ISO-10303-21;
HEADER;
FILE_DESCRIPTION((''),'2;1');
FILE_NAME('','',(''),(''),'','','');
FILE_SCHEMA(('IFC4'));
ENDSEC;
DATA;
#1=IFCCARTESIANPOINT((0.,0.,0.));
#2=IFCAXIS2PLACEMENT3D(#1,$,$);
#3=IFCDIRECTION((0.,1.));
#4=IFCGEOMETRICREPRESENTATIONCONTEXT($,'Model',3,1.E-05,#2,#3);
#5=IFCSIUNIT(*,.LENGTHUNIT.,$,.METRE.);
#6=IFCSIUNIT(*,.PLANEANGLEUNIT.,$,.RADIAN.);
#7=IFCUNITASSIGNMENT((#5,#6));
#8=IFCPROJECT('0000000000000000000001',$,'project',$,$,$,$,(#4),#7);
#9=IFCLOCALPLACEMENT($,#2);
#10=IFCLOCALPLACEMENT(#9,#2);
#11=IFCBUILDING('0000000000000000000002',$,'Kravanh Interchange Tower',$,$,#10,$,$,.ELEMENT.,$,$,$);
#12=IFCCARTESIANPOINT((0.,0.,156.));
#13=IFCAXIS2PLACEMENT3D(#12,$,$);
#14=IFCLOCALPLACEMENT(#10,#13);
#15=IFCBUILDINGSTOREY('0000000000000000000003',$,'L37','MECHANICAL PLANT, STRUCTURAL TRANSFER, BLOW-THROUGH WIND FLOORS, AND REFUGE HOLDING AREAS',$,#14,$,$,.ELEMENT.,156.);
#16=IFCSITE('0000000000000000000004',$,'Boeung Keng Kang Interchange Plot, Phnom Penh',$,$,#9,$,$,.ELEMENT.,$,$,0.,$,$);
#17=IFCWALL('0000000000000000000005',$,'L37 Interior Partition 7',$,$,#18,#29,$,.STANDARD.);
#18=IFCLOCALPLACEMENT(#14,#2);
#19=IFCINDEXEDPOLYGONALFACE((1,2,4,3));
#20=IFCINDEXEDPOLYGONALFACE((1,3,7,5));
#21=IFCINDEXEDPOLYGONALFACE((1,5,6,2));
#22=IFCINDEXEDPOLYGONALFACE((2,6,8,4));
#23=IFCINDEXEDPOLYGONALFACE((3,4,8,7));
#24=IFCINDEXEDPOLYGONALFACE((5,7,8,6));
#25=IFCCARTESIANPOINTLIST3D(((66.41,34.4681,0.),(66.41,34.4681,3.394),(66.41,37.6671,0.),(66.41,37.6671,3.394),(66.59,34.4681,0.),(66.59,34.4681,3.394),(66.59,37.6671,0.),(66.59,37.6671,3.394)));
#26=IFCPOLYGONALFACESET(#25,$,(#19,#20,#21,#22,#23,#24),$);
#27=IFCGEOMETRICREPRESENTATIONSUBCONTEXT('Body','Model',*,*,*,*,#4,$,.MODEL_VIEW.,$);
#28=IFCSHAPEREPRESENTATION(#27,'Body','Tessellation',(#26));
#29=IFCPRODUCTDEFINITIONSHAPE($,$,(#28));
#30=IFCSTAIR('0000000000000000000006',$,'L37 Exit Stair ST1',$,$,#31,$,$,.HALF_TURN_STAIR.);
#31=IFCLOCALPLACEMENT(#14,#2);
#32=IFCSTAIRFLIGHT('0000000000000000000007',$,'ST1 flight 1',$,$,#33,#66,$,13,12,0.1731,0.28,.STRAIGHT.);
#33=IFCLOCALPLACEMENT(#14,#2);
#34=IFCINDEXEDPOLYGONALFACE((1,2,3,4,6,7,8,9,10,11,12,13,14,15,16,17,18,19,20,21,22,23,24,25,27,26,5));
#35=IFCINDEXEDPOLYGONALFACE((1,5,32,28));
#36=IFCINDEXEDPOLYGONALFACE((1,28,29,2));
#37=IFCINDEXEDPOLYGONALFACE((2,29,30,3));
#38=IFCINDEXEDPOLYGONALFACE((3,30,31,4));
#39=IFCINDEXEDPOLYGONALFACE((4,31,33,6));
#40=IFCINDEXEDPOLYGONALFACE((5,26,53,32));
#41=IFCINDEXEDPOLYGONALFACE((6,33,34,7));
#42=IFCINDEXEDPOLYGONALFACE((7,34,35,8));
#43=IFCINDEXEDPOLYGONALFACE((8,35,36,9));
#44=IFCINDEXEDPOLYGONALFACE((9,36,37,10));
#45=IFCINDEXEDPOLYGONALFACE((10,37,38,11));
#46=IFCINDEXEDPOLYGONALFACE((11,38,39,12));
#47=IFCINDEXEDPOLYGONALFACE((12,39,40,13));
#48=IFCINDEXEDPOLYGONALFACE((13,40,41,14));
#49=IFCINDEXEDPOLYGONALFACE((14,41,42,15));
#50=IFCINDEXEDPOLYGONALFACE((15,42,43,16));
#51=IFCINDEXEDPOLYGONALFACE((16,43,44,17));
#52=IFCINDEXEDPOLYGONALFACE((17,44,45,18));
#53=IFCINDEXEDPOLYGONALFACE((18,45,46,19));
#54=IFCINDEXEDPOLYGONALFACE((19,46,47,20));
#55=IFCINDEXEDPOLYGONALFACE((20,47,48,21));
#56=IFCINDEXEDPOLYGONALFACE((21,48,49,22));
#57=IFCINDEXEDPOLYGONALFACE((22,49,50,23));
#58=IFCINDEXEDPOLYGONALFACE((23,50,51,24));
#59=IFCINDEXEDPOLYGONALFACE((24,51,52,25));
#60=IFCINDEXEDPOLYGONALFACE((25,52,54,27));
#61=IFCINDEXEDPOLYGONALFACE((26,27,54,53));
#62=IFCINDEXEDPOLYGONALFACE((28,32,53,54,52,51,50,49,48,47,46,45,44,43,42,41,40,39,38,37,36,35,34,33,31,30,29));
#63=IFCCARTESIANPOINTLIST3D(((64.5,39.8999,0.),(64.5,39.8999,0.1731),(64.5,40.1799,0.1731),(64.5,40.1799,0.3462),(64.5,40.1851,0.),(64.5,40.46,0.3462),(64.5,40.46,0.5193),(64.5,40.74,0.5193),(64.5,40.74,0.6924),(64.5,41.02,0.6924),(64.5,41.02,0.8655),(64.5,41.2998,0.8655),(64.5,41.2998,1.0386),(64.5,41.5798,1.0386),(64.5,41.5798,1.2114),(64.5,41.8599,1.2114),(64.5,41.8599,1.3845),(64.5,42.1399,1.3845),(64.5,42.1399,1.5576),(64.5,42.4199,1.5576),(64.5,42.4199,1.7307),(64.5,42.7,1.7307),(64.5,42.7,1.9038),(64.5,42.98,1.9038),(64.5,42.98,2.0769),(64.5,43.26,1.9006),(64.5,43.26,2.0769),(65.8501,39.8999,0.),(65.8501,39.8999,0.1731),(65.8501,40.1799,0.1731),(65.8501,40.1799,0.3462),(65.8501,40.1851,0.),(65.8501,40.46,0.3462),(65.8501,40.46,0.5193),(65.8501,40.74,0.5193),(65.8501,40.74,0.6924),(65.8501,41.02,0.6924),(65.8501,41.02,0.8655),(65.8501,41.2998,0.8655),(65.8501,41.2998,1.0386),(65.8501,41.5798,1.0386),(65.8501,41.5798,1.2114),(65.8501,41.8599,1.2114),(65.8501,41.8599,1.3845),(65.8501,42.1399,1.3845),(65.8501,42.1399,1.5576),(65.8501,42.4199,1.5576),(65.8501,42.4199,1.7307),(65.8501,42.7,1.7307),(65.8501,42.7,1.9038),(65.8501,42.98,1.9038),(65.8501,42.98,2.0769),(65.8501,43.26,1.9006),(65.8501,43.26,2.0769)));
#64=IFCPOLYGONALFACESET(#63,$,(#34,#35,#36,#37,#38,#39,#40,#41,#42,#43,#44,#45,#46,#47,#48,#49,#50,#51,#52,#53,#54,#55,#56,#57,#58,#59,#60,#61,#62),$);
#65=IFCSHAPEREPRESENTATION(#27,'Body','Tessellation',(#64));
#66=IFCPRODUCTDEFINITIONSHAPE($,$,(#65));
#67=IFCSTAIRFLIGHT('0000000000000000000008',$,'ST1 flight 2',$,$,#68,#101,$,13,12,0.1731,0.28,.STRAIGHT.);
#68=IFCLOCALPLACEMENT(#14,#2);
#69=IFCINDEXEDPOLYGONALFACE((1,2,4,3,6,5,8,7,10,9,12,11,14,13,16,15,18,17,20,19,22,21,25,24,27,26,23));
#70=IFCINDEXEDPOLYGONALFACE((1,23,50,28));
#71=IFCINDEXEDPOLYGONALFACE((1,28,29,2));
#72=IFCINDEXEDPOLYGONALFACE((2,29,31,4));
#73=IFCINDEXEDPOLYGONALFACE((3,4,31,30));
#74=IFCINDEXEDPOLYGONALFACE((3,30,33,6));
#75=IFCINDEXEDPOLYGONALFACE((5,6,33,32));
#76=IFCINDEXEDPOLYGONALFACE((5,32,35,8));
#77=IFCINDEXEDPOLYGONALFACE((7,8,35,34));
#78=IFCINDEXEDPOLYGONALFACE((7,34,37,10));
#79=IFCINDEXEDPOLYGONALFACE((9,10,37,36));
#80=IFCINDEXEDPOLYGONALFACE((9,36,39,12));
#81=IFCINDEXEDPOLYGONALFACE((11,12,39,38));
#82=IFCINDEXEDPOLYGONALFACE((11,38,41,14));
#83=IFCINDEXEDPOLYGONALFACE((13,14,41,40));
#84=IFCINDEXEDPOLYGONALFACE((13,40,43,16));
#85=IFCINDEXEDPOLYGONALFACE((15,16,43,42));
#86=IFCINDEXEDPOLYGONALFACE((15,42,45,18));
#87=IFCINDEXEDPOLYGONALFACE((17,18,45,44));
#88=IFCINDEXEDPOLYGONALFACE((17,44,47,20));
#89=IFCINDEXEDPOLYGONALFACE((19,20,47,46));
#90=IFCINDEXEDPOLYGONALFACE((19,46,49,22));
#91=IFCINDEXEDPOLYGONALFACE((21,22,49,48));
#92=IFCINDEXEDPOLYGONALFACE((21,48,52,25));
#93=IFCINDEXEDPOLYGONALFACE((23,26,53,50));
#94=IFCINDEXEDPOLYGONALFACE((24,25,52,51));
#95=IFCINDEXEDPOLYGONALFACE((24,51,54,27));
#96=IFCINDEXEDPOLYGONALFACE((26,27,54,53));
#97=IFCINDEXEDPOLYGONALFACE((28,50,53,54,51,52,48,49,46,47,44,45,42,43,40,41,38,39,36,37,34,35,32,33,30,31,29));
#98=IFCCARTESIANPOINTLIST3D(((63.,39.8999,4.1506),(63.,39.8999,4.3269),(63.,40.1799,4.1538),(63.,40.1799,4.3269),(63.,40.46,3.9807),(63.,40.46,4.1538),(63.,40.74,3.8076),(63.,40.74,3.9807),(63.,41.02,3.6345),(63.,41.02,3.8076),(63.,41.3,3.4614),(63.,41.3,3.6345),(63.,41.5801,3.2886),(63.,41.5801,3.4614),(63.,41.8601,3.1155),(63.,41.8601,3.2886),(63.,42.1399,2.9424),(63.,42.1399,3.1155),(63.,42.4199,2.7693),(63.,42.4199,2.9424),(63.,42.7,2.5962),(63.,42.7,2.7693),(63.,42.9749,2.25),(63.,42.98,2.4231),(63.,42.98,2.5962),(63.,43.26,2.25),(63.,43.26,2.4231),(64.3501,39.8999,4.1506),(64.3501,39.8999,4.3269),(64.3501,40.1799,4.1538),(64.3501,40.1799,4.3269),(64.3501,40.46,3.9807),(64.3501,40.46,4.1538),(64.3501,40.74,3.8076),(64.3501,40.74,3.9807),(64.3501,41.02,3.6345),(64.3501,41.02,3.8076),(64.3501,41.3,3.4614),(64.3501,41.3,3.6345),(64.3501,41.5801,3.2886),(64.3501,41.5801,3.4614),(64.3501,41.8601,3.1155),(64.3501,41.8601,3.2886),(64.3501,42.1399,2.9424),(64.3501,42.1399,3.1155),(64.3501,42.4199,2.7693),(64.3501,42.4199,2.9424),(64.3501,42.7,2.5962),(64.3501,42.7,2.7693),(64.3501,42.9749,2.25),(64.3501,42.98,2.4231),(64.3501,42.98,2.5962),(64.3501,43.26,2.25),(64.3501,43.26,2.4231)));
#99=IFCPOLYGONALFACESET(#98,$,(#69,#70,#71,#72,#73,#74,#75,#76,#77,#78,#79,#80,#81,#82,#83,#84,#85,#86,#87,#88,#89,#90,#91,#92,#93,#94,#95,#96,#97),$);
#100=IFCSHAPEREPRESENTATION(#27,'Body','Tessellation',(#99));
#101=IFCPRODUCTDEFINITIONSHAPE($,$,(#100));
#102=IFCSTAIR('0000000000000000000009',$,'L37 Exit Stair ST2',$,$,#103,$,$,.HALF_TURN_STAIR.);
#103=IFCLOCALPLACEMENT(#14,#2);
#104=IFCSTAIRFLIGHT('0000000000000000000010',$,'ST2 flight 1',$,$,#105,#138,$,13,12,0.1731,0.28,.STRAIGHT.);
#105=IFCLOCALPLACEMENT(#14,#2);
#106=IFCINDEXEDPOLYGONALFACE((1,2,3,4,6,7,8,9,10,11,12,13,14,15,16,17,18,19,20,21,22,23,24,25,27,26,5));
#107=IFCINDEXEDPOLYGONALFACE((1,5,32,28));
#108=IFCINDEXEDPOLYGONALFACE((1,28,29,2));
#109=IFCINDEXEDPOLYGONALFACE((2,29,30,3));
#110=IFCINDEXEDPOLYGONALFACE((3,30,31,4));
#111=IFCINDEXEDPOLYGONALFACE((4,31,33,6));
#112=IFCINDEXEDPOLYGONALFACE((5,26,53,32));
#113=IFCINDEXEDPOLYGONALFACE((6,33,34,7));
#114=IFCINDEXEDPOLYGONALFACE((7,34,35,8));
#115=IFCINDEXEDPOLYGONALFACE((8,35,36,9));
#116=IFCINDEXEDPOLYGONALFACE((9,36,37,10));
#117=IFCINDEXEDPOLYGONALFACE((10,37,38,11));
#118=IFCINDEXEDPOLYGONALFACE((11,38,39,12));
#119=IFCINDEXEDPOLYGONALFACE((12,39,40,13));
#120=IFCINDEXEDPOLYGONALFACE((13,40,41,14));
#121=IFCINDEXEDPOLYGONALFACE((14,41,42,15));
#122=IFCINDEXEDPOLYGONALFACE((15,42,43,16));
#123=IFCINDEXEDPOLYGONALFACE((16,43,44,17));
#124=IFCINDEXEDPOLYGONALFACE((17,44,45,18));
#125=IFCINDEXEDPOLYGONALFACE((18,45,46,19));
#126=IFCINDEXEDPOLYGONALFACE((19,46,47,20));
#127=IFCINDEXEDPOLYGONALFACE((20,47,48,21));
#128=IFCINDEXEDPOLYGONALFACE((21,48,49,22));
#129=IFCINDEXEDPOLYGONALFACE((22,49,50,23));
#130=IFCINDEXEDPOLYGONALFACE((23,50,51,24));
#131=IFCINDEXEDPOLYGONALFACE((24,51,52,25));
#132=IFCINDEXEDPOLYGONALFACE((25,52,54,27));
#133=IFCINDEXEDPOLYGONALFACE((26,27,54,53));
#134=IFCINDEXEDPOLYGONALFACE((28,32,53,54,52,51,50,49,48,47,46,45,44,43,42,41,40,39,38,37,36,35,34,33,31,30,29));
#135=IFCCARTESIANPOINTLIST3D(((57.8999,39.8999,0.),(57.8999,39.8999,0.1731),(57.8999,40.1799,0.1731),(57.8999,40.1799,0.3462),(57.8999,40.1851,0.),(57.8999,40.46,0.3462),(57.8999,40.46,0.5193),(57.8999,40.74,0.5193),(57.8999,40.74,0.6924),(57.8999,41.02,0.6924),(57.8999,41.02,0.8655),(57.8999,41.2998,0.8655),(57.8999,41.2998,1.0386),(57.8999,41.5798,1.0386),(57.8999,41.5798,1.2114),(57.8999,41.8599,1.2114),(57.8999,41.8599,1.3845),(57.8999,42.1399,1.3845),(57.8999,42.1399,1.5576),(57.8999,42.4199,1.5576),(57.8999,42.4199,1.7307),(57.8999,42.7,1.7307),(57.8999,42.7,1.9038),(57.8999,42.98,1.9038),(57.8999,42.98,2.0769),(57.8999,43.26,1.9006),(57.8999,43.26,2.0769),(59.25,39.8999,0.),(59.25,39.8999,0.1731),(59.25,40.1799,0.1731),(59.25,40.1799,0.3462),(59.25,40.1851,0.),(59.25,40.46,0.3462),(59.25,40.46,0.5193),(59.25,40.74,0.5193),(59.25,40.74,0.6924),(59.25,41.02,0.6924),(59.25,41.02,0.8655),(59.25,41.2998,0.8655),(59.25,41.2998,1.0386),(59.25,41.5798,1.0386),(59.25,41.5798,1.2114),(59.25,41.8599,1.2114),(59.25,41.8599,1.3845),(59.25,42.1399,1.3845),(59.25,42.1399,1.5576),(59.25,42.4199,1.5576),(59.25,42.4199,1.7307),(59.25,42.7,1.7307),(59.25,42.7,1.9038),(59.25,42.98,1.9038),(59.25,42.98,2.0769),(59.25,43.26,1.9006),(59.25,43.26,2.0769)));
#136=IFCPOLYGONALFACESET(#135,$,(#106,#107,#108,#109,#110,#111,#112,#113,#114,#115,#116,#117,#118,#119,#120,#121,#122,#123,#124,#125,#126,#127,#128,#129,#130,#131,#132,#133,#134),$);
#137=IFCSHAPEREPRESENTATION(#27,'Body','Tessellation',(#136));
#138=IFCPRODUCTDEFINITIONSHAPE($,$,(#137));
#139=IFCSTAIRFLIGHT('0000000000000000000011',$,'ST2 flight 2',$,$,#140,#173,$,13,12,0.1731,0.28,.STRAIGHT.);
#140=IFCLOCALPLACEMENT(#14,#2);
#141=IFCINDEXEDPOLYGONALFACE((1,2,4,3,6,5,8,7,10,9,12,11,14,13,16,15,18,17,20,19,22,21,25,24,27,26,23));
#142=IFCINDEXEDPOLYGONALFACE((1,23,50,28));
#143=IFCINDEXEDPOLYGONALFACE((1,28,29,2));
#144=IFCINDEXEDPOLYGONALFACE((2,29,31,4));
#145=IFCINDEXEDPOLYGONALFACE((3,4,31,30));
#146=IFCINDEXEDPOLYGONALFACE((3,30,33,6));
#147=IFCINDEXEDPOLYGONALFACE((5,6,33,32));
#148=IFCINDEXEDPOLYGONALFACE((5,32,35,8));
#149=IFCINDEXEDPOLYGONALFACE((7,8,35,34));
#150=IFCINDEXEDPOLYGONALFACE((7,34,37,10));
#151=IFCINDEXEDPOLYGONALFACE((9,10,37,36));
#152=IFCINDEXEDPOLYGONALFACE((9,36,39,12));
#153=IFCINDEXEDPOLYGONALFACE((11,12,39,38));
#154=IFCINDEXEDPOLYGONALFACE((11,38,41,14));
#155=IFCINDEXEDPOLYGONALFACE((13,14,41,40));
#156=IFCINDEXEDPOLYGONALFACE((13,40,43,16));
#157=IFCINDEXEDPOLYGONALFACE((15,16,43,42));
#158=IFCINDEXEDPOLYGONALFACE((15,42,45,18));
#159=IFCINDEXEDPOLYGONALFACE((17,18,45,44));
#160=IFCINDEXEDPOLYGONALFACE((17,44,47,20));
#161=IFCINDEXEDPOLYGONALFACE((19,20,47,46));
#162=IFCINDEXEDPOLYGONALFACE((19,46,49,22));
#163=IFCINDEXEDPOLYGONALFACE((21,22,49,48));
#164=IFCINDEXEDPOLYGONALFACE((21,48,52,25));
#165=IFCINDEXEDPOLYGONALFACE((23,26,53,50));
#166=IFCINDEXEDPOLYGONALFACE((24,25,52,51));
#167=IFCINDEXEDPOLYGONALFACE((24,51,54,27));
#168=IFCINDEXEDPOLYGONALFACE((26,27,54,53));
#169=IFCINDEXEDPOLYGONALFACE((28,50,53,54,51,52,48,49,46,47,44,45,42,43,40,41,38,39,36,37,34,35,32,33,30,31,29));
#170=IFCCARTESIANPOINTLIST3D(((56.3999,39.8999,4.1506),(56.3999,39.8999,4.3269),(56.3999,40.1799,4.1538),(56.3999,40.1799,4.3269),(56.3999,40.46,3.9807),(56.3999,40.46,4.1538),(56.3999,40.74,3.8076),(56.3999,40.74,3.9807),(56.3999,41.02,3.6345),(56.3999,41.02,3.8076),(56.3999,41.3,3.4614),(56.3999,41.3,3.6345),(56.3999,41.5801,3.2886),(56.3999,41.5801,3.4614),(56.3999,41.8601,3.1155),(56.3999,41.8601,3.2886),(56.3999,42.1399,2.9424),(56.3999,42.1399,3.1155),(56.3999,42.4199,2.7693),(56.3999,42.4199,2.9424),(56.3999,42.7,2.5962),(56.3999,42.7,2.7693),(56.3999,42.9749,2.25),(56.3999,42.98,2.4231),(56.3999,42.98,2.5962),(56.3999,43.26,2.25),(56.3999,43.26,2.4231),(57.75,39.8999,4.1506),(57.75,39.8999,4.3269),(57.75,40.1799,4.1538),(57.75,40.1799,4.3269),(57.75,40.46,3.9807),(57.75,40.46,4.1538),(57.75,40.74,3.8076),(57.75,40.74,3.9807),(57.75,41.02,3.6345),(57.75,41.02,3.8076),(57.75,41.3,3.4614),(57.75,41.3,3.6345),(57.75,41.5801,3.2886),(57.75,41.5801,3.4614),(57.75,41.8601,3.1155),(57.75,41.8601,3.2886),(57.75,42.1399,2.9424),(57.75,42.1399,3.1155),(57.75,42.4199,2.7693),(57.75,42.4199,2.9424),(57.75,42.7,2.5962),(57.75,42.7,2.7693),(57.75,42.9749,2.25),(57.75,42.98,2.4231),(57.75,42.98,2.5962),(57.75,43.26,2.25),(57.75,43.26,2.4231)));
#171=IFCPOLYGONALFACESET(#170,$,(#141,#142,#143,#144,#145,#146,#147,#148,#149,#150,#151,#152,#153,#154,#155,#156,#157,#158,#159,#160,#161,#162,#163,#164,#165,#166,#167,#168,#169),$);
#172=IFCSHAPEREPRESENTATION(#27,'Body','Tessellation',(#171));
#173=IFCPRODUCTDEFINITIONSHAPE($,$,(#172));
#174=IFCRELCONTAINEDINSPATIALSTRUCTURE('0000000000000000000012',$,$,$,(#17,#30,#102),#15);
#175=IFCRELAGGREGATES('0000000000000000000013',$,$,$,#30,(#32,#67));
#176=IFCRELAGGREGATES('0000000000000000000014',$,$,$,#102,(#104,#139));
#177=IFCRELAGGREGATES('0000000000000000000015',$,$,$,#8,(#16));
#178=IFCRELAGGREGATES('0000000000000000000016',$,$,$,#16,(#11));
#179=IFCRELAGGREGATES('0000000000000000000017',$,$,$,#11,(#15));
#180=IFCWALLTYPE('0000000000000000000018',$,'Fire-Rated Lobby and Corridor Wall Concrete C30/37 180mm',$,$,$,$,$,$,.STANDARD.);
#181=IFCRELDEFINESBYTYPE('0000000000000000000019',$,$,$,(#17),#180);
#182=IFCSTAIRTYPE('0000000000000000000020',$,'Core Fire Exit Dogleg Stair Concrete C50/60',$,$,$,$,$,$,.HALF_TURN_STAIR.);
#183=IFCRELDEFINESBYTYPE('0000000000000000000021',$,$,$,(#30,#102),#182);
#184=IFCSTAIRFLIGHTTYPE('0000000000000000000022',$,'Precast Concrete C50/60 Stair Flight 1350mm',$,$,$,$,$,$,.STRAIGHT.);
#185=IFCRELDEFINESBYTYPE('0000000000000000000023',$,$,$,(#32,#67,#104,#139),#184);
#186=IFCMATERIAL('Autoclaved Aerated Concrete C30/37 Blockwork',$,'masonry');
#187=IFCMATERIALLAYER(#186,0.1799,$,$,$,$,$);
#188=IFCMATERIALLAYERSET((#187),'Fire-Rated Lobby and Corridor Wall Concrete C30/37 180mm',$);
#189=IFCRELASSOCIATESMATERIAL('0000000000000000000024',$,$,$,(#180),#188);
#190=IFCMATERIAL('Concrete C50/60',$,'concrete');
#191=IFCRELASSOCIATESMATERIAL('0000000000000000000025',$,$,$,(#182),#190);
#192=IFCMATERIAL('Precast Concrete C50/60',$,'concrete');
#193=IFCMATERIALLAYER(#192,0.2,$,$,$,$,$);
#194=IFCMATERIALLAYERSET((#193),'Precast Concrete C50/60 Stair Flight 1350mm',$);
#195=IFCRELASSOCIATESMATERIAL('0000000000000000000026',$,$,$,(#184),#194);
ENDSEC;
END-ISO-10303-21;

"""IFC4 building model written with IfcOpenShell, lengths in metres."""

from ifc_helpers import new_model, si_unit, direction, frame, frame_2d, origin, place, context, subcontext, project, spatial, polyline, rectangle, outline, extrude, material, layer, layer_set, type_object, element, aggregate, save


model = new_model("IFC4")

# Units and contexts
model_context = context("Model", 3, precision=1e-05, world=origin(), true_north=direction((0.0, 1.0)))
body_context = subcontext(model_context, "Body", "Model", "MODEL_VIEW")
ifc_project = project(units=[si_unit("LENGTHUNIT", "METRE"), si_unit("PLANEANGLEUNIT", "RADIAN")], contexts=[model_context])

# Site, building, storey
site_placement = place(None, origin())
site = spatial("IfcSite", under=ifc_project, at=site_placement, Name="Boeung Keng Kang Interchange Plot, Phnom Penh", CompositionType="ELEMENT", RefElevation=0.0)
building_placement = place(site_placement, origin())
building = spatial("IfcBuilding", under=site, at=building_placement, Name="Kravanh Interchange Tower", CompositionType="ELEMENT")
storey_placement = place(building_placement, frame((0.0, 0.0, 156.0)))
storey = spatial("IfcBuildingStorey", under=building, at=storey_placement, Name="L37", Description="MECHANICAL PLANT, STRUCTURAL TRANSFER, BLOW-THROUGH WIND FLOORS, AND REFUGE HOLDING AREAS", CompositionType="ELEMENT", Elevation=156.0)

# Wall
ifc_material_1 = material(Name="Autoclaved Aerated Concrete C30/37 Blockwork", Category="masonry")
ifc_layer_1 = layer(ifc_material_1, 0.1799)
ifc_layer_set_1 = layer_set([ifc_layer_1], Name="Fire-Rated Lobby and Corridor Wall Concrete C30/37 180mm")
wall_type_1 = type_object("IfcWallType", Name="Fire-Rated Lobby and Corridor Wall Concrete C30/37 180mm", PredefinedType="STANDARD", material=ifc_layer_set_1)
wall_1_placement = place(storey_placement, frame((66.5, 34.468, 0.0), z_axis=(0.0, 0.0, 1.0), x_axis=(0.0, 1.0, 0.0)))
element("IfcWall", 1, at=wall_1_placement, inside=storey, type_object=wall_type_1, Name="L37 Interior Partition 7", PredefinedType="STANDARD", context=body_context, shape_type="SweptSolid", body=[
    extrude(rectangle(XDim=3.199, YDim=0.1799, at=frame_2d((1.5996, 0.0))), origin(), (0.0, 0.0, 1.0), 3.394),
])

# Stairs, stair flights
ifc_material_2 = material(Name="Concrete C50/60", Category="concrete")
stair_type = type_object("IfcStairType", Name="Core Fire Exit Dogleg Stair Concrete C50/60", PredefinedType="HALF_TURN_STAIR", material=ifc_material_2)
stair_1_placement = place(storey_placement, origin())
stair_1 = element("IfcStair", 2, at=stair_1_placement, inside=storey, type_object=stair_type, Name="L37 Exit Stair ST1", PredefinedType="HALF_TURN_STAIR")
ifc_material_3 = material(Name="Precast Concrete C50/60", Category="concrete")
ifc_layer_2 = layer(ifc_material_3, 0.2)
ifc_layer_set_2 = layer_set([ifc_layer_2], Name="Precast Concrete C50/60 Stair Flight 1350mm")
stair_flight_type = type_object("IfcStairFlightType", Name="Precast Concrete C50/60 Stair Flight 1350mm", PredefinedType="STRAIGHT", material=ifc_layer_set_2)
stair_flight_1_placement = place(storey_placement, frame((65.175, 39.8999, 0.0), z_axis=(0.0, 0.0, 1.0), x_axis=(0.0, 1.0, 0.0)))
stair_flight_1 = element("IfcStairFlight", 3, at=stair_flight_1_placement, type_object=stair_flight_type, Name="ST1 flight 1", NumberOfRisers=13, NumberOfTreads=12, PredefinedType="STRAIGHT", RiserHeight=0.1731, TreadLength=0.28, context=body_context, shape_type="SweptSolid", body=[
    extrude(outline(polyline([(0.0, 0.0), (0.0, 0.1731), (0.28, 0.1731), (0.28, 0.3462), (0.5601, 0.3462), (0.5601, 0.5193), (0.8401, 0.5193), (0.8401, 0.6924), (1.1201, 0.6924), (1.1201, 0.8655), (1.3999, 0.8655), (1.3999, 1.0386), (1.6799, 1.0386), (1.6799, 1.2114), (1.96, 1.2114), (1.96, 1.3845), (2.24, 1.3845), (2.24, 1.5576), (2.52, 1.5576), (2.52, 1.7307), (2.8, 1.7307), (2.8, 1.9038), (3.0801, 1.9038), (3.0801, 2.0769), (3.3601, 2.0769), (3.3601, 2.25), (3.3601, 1.9006), (0.2852, 0.0), (0.0, 0.0)])), frame((0.0, 0.675, 0.0), z_axis=(0.0, -1.0, 0.0), x_axis=(1.0, 0.0, 0.0)), (0.0, 0.0, 1.0), 1.3501),
])
stair_flight_2_placement = place(storey_placement, frame((63.675, 43.26, 2.25), z_axis=(0.0, 0.0, 1.0), x_axis=(0.0, -1.0, 0.0)))
stair_flight_2 = element("IfcStairFlight", 4, at=stair_flight_2_placement, type_object=stair_flight_type, Name="ST1 flight 2", NumberOfRisers=13, NumberOfTreads=12, PredefinedType="STRAIGHT", RiserHeight=0.1731, TreadLength=0.28, context=body_context, shape_type="SweptSolid", body=[
    extrude(outline(polyline([(0.0, 0.0), (0.0, 0.1731), (0.28, 0.1731), (0.28, 0.3462), (0.5601, 0.3462), (0.5601, 0.5193), (0.8401, 0.5193), (0.8401, 0.6924), (1.1201, 0.6924), (1.1201, 0.8655), (1.3999, 0.8655), (1.3999, 1.0386), (1.6799, 1.0386), (1.6799, 1.2114), (1.96, 1.2114), (1.96, 1.3845), (2.24, 1.3845), (2.24, 1.5576), (2.52, 1.5576), (2.52, 1.7307), (2.8, 1.7307), (2.8, 1.9038), (3.0801, 1.9038), (3.0801, 2.0769), (3.3601, 2.0769), (3.3601, 2.25), (3.3601, 1.9006), (0.2852, 0.0), (0.0, 0.0)])), frame((0.0, 0.675, 0.0), z_axis=(0.0, -1.0, 0.0), x_axis=(1.0, 0.0, 0.0)), (0.0, 0.0, 1.0), 1.3501),
])
aggregate(stair_1, [stair_flight_1, stair_flight_2])
stair_2_placement = place(storey_placement, origin())
stair_2 = element("IfcStair", 5, at=stair_2_placement, inside=storey, type_object=stair_type, Name="L37 Exit Stair ST2", PredefinedType="HALF_TURN_STAIR")
stair_flight_3_placement = place(storey_placement, frame((58.575, 39.8999, 0.0), z_axis=(0.0, 0.0, 1.0), x_axis=(0.0, 1.0, 0.0)))
stair_flight_3 = element("IfcStairFlight", 6, at=stair_flight_3_placement, type_object=stair_flight_type, Name="ST2 flight 1", NumberOfRisers=13, NumberOfTreads=12, PredefinedType="STRAIGHT", RiserHeight=0.1731, TreadLength=0.28, context=body_context, shape_type="SweptSolid", body=[
    extrude(outline(polyline([(0.0, 0.0), (0.0, 0.1731), (0.28, 0.1731), (0.28, 0.3462), (0.5601, 0.3462), (0.5601, 0.5193), (0.8401, 0.5193), (0.8401, 0.6924), (1.1201, 0.6924), (1.1201, 0.8655), (1.3999, 0.8655), (1.3999, 1.0386), (1.6799, 1.0386), (1.6799, 1.2114), (1.96, 1.2114), (1.96, 1.3845), (2.24, 1.3845), (2.24, 1.5576), (2.52, 1.5576), (2.52, 1.7307), (2.8, 1.7307), (2.8, 1.9038), (3.0801, 1.9038), (3.0801, 2.0769), (3.3601, 2.0769), (3.3601, 2.25), (3.3601, 1.9006), (0.2852, 0.0), (0.0, 0.0)])), frame((0.0, 0.675, 0.0), z_axis=(0.0, -1.0, 0.0), x_axis=(1.0, 0.0, 0.0)), (0.0, 0.0, 1.0), 1.3501),
])
stair_flight_4_placement = place(storey_placement, frame((57.075, 43.26, 2.25), z_axis=(0.0, 0.0, 1.0), x_axis=(0.0, -1.0, 0.0)))
stair_flight_4 = element("IfcStairFlight", 7, at=stair_flight_4_placement, type_object=stair_flight_type, Name="ST2 flight 2", NumberOfRisers=13, NumberOfTreads=12, PredefinedType="STRAIGHT", RiserHeight=0.1731, TreadLength=0.28, context=body_context, shape_type="SweptSolid", body=[
    extrude(outline(polyline([(0.0, 0.0), (0.0, 0.1731), (0.28, 0.1731), (0.28, 0.3462), (0.5601, 0.3462), (0.5601, 0.5193), (0.8401, 0.5193), (0.8401, 0.6924), (1.1201, 0.6924), (1.1201, 0.8655), (1.3999, 0.8655), (1.3999, 1.0386), (1.6799, 1.0386), (1.6799, 1.2114), (1.96, 1.2114), (1.96, 1.3845), (2.24, 1.3845), (2.24, 1.5576), (2.52, 1.5576), (2.52, 1.7307), (2.8, 1.7307), (2.8, 1.9038), (3.0801, 1.9038), (3.0801, 2.0769), (3.3601, 2.0769), (3.3601, 2.25), (3.3601, 1.9006), (0.2852, 0.0), (0.0, 0.0)])), frame((0.0, 0.675, 0.0), z_axis=(0.0, -1.0, 0.0), x_axis=(1.0, 0.0, 0.0)), (0.0, 0.0, 1.0), 1.3501),
])
aggregate(stair_2, [stair_flight_3, stair_flight_4])

save(model, "model.ifc")
